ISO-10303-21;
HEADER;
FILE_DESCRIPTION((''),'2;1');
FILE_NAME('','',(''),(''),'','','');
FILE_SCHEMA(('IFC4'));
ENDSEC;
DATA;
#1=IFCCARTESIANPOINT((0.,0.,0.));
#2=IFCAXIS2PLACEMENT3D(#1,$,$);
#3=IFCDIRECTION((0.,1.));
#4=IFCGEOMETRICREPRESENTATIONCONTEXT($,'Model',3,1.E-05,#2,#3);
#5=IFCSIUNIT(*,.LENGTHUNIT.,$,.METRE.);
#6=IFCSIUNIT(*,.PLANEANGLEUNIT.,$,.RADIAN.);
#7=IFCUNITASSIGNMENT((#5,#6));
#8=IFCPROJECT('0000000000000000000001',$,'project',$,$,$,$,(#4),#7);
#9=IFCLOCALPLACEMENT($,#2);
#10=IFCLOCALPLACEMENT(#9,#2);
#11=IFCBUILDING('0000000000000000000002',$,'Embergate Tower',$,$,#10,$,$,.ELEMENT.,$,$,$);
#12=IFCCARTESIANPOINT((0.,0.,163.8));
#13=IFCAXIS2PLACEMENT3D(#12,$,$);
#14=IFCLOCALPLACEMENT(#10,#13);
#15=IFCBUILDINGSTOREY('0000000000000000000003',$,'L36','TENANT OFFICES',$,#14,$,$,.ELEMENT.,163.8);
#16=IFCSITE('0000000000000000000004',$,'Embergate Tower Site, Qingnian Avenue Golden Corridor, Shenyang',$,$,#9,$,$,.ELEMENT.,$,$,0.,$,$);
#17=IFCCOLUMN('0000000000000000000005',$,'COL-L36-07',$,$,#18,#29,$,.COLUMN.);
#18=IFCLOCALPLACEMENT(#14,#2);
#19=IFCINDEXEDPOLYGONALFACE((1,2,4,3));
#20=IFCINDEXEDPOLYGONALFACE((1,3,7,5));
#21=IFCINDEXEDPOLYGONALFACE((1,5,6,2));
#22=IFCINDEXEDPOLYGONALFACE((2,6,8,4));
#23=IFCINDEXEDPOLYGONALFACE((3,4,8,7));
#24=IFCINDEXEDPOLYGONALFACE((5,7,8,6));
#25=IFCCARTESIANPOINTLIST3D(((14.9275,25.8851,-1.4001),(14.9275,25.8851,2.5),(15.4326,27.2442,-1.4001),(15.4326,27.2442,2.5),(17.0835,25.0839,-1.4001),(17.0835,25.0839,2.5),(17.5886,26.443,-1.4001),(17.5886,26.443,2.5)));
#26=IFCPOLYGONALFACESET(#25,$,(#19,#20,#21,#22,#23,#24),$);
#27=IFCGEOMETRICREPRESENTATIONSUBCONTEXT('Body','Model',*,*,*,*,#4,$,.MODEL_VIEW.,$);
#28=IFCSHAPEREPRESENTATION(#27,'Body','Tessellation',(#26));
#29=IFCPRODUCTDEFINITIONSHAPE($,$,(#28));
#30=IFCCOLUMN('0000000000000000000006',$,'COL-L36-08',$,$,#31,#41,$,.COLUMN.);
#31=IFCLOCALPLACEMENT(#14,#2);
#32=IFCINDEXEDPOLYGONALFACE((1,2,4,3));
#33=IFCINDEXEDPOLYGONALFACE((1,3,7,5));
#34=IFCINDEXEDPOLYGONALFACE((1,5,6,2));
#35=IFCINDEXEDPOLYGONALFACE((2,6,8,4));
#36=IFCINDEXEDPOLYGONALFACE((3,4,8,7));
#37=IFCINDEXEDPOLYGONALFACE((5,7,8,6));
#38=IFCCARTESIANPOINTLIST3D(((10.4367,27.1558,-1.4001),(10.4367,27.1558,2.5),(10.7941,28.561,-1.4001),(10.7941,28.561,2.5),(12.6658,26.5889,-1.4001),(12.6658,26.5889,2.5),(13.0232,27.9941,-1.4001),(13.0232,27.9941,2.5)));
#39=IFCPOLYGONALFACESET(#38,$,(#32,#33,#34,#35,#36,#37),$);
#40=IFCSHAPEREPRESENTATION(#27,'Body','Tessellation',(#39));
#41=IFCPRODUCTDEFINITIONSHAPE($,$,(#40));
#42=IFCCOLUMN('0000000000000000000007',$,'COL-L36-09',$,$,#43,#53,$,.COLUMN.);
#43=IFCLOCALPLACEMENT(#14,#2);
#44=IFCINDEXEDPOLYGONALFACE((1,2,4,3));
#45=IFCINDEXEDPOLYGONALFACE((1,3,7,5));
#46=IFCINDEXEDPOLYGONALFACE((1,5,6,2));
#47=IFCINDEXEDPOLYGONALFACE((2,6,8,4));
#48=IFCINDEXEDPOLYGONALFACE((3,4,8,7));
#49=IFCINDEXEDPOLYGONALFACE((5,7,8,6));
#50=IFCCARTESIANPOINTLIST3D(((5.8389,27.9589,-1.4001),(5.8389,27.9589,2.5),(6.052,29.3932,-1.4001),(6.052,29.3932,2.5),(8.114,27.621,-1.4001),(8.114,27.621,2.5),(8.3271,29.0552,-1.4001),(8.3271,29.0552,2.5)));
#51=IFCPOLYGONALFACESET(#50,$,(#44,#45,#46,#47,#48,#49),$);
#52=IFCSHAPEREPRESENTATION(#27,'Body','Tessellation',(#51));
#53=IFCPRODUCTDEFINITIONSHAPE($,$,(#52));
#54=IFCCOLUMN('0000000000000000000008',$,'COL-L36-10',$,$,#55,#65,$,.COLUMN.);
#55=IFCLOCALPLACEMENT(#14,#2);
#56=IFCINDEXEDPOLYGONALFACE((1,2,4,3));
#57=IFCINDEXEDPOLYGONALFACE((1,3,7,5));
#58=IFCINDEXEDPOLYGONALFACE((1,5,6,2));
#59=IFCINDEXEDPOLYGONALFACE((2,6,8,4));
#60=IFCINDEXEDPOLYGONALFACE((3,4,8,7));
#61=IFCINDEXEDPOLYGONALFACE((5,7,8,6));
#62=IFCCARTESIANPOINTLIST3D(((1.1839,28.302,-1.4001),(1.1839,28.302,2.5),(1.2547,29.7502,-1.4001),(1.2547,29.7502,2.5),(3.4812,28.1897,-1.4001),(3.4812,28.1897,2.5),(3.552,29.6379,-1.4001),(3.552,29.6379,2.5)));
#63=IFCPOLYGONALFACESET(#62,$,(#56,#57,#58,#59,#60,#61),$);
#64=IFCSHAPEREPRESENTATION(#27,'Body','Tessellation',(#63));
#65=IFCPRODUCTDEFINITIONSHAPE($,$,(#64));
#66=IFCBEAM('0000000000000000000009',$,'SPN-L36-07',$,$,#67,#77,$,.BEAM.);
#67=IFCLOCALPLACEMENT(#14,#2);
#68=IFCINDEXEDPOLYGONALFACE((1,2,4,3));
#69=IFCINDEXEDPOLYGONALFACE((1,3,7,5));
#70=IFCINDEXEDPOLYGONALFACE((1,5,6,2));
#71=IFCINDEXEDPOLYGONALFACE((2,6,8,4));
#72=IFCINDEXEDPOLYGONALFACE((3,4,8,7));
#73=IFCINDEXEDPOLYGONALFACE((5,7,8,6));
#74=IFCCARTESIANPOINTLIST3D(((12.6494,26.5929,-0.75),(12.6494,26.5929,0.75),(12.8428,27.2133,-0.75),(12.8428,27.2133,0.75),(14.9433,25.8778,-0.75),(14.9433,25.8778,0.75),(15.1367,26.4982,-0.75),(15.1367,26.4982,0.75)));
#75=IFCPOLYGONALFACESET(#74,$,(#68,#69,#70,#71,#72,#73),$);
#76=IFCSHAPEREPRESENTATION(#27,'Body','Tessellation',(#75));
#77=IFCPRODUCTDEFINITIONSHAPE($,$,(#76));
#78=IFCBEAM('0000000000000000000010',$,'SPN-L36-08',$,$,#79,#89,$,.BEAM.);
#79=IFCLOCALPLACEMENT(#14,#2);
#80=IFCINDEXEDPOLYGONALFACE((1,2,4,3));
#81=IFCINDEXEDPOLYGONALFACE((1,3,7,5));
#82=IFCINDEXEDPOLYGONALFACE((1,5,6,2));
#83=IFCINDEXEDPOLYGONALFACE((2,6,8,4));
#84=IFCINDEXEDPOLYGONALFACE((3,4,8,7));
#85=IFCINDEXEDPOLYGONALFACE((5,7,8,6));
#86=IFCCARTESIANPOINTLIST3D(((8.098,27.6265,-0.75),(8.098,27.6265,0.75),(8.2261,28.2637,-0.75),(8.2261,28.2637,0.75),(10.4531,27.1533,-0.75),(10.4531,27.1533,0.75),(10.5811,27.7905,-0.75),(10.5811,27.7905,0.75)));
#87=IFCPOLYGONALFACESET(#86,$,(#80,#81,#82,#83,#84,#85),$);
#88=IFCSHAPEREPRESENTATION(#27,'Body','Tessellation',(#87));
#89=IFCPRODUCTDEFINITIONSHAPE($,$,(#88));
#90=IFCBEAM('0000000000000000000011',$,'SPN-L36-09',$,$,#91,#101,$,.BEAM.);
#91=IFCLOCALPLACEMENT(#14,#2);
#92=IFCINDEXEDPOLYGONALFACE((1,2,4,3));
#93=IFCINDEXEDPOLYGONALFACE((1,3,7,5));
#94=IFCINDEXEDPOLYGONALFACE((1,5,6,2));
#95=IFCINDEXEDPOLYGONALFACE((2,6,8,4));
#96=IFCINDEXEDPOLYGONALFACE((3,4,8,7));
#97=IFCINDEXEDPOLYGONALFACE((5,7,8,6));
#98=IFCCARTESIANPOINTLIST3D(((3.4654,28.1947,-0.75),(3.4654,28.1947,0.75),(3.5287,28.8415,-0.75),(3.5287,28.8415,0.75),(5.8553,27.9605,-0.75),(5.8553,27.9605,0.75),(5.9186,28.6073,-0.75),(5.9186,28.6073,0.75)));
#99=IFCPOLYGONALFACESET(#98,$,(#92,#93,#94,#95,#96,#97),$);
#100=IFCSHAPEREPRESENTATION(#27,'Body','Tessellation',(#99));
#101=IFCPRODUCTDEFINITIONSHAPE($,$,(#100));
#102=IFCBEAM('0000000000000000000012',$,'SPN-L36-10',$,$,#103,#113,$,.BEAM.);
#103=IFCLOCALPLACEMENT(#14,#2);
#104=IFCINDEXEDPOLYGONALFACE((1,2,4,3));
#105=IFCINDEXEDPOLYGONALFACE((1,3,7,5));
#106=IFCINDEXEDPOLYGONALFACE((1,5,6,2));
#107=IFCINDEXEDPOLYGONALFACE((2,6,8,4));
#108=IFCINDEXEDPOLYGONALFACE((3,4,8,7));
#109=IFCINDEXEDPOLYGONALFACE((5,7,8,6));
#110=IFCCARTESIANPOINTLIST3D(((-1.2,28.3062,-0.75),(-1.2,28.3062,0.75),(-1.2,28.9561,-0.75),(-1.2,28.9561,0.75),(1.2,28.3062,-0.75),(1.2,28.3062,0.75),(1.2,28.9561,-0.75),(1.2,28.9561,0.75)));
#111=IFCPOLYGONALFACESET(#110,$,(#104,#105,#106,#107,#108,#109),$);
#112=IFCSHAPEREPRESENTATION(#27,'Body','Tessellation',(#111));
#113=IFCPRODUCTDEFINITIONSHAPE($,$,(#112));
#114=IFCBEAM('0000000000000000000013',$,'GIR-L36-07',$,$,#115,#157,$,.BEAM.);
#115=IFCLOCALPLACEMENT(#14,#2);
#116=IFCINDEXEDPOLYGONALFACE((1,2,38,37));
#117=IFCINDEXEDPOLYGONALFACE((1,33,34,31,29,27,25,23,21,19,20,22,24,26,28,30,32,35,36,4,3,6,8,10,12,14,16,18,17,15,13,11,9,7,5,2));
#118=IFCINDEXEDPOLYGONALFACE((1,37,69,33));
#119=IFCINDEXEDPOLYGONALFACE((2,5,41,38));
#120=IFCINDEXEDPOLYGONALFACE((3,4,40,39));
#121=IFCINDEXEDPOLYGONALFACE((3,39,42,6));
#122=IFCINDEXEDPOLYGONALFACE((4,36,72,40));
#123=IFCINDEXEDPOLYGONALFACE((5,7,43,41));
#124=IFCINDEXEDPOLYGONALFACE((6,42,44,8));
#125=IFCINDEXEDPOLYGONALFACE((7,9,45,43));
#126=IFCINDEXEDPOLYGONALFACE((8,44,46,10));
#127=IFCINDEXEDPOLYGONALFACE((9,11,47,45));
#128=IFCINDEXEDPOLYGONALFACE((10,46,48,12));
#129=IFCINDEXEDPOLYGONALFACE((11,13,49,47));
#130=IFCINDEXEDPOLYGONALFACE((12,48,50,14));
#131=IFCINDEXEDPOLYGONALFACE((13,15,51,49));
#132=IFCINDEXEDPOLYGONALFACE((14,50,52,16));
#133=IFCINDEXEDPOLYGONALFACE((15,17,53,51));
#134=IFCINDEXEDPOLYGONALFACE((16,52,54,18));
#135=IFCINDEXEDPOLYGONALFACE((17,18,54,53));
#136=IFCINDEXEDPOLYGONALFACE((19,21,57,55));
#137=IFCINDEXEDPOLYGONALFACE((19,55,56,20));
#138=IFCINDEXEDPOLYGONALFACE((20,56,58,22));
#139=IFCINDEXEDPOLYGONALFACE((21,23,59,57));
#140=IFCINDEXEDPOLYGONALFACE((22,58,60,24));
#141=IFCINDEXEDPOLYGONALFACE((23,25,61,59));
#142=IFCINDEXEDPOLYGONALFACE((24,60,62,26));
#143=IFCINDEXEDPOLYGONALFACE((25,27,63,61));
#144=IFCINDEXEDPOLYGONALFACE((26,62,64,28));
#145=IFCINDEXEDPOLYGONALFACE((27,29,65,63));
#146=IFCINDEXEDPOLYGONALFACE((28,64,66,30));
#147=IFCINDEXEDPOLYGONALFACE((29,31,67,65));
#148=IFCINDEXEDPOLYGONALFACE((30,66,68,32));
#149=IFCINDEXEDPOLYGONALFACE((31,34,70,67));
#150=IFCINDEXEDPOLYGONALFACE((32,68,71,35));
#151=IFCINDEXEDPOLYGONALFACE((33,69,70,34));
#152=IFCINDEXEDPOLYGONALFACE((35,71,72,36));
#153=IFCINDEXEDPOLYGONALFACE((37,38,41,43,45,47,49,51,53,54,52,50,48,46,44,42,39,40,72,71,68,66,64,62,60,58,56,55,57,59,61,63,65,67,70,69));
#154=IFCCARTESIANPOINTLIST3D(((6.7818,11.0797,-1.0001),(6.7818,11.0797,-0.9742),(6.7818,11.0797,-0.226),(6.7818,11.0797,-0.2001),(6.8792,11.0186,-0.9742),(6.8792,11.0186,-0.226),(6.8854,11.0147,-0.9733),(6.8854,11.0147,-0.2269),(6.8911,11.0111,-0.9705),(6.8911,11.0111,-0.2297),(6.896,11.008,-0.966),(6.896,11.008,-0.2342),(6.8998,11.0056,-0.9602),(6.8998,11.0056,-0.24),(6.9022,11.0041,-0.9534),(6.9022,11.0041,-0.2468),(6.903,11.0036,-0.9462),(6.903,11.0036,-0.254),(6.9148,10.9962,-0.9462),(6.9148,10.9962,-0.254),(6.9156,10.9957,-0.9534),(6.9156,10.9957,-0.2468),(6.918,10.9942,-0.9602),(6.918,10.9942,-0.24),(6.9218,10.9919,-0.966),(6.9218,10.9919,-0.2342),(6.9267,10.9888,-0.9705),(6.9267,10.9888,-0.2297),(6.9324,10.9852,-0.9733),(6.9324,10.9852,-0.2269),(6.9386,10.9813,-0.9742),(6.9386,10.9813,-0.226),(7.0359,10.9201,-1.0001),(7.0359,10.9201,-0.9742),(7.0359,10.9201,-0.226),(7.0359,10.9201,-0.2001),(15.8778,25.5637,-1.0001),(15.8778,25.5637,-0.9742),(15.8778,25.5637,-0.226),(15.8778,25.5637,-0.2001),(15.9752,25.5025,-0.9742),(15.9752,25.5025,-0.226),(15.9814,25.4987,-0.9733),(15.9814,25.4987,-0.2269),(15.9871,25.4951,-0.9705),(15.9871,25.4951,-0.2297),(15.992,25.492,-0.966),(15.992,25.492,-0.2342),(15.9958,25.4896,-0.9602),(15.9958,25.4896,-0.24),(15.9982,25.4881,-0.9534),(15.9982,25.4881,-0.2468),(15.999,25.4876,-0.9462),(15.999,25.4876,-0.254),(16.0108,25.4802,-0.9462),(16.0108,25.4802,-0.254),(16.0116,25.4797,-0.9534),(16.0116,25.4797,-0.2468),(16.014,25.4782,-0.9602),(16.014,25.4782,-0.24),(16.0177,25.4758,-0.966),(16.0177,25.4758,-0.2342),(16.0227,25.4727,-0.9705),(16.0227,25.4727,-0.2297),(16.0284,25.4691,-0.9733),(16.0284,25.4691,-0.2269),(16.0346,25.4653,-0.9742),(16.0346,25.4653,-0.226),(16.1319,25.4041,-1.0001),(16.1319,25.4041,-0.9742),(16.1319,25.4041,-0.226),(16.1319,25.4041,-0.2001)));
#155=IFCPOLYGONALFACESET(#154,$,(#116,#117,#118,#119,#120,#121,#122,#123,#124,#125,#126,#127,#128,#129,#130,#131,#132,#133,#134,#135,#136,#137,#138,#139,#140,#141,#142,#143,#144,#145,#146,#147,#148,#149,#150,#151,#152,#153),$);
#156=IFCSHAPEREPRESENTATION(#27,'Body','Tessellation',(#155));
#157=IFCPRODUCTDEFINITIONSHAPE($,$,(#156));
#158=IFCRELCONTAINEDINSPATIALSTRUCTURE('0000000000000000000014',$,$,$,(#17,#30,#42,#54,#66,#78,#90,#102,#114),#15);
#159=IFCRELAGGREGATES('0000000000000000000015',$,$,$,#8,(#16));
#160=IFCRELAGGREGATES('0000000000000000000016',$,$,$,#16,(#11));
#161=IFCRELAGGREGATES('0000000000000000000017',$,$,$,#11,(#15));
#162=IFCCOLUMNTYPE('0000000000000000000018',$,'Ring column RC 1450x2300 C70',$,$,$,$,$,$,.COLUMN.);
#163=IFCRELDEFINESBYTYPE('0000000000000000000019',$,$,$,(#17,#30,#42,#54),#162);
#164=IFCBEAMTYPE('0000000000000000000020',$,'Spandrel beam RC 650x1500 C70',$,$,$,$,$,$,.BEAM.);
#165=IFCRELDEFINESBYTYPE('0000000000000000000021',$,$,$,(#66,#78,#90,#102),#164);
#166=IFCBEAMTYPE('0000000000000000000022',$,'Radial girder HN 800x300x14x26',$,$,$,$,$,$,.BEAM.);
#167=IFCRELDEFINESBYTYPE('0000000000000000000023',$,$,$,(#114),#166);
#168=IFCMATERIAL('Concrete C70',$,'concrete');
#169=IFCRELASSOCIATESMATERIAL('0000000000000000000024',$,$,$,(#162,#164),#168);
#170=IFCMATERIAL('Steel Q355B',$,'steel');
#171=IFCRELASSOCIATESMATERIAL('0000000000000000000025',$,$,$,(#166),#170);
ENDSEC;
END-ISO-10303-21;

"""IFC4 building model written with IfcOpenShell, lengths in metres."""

from ifc_helpers import new_model, si_unit, direction, frame, origin, origin_2d, place, context, subcontext, project, spatial, rectangle, i_section, extrude, source, transform, mapped, material, material_profile, profile_set, type_object, element, save


model = new_model("IFC4")

# Units and contexts
model_context = context("Model", 3, precision=1e-05, world=origin(), true_north=direction((0.0, 1.0)))
body_context = subcontext(model_context, "Body", "Model", "MODEL_VIEW")
ifc_project = project(units=[si_unit("LENGTHUNIT", "METRE"), si_unit("PLANEANGLEUNIT", "RADIAN")], contexts=[model_context])

# Site, building, storey
site_placement = place(None, origin())
site = spatial("IfcSite", under=ifc_project, at=site_placement, Name="Embergate Tower Site, Qingnian Avenue Golden Corridor, Shenyang", CompositionType="ELEMENT", RefElevation=0.0)
building_placement = place(site_placement, origin())
building = spatial("IfcBuilding", under=site, at=building_placement, Name="Embergate Tower", CompositionType="ELEMENT")
storey_placement = place(building_placement, frame((0.0, 0.0, 163.8)))
storey = spatial("IfcBuildingStorey", under=building, at=storey_placement, Name="L36", Description="TENANT OFFICES", CompositionType="ELEMENT", Elevation=163.8)

# Columns
ifc_material_1 = material(Name="Concrete C70", Category="concrete")
ifc_material_profile_1 = material_profile(ifc_material_1, rectangle(XDim=1.45, YDim=2.3, at=origin_2d()), Name="RC 1450x2300")
ifc_profile_set_1 = profile_set([ifc_material_profile_1], Name="Concrete C70")
column_type = type_object("IfcColumnType", Name="Ring column RC 1450x2300 C70", PredefinedType="COLUMN", material=ifc_profile_set_1)
shared_shape_1 = source(origin(), body_context, "Body", "SweptSolid", [
    extrude(rectangle(XDim=1.45, YDim=2.3, at=origin_2d()), origin(), (0.0, 0.0, 1.0), 3.9001),
])
for number, where, z_axis, x_axis, name in (
    (1, (16.2581, 26.1641, -1.4001), (0.0, 0.0, 1.0), (0.348343, 0.937367, 0.0), "COL-L36-07"),
    (2, (11.73, 27.575, -1.4001), (0.0, 0.0, 1.0), (0.246492, 0.969145, 0.0), "COL-L36-08"),
    (3, (7.083, 28.5071, -1.4001), (0.0, 0.0, 1.0), (0.146929, 0.989147, 0.0), "COL-L36-09"),
    (4, (2.3679, 28.97, -1.4001), (0.0, 0.0, 1.0), (0.048815, 0.998808, 0.0), "COL-L36-10"),
):
    element("IfcColumn", number, at=place(storey_placement, frame(where, z_axis=z_axis, x_axis=x_axis)), inside=storey, type_object=column_type, Name=name, PredefinedType="COLUMN", context=body_context, shape_type="MappedRepresentation", body=[
        mapped(shared_shape_1, transform((0.0, 0.0, 0.0))),
    ])

# Beams
ifc_material_profile_2 = material_profile(ifc_material_1, rectangle(XDim=0.6499, YDim=1.5, at=origin_2d()), Name="RC 650x1500")
ifc_profile_set_2 = profile_set([ifc_material_profile_2], Name="Concrete C70")
beam_type_1 = type_object("IfcBeamType", Name="Spandrel beam RC 650x1500 C70", PredefinedType="BEAM", material=ifc_profile_set_2)
shared_shape_2 = source(origin(), body_context, "Body", "SweptSolid", [
    extrude(rectangle(XDim=0.6499, YDim=1.5, at=origin_2d()), origin(), (0.0, 0.0, 1.0), 2.4028),
])
beam_1_placement = place(storey_placement, frame((15.04, 26.188, 0.0), z_axis=(-0.954689, 0.297604, 0.0), x_axis=(-0.297604, -0.954689, 0.0)))
element("IfcBeam", 5, at=beam_1_placement, inside=storey, type_object=beam_type_1, Name="SPN-L36-07", PredefinedType="BEAM", context=body_context, shape_type="MappedRepresentation", body=[
    mapped(shared_shape_2, transform((0.0, 0.0, 0.0))),
])
shared_shape_3 = source(origin(), body_context, "Body", "SweptSolid", [
    extrude(rectangle(XDim=0.6499, YDim=1.5, at=origin_2d()), origin(), (0.0, 0.0, 1.0), 2.4021),
])
beam_2_placement = place(storey_placement, frame((10.5171, 27.4719, 0.0), z_axis=(-0.980408, 0.196976, 0.0), x_axis=(-0.196976, -0.980408, 0.0)))
element("IfcBeam", 6, at=beam_2_placement, inside=storey, type_object=beam_type_1, Name="SPN-L36-08", PredefinedType="BEAM", context=body_context, shape_type="MappedRepresentation", body=[
    mapped(shared_shape_3, transform((0.0, 0.0, 0.0))),
])
shared_shape_4 = source(origin(), body_context, "Body", "SweptSolid", [
    extrude(rectangle(XDim=0.6499, YDim=1.5, at=origin_2d()), origin(), (0.0, 0.0, 1.0), 2.4014),
])
beam_3_placement = place(storey_placement, frame((5.887, 28.2839, 0.0), z_axis=(-0.995235, 0.0975, 0.0), x_axis=(-0.0975, -0.995235, 0.0)))
element("IfcBeam", 7, at=beam_3_placement, inside=storey, type_object=beam_type_1, Name="SPN-L36-09", PredefinedType="BEAM", context=body_context, shape_type="MappedRepresentation", body=[
    mapped(shared_shape_4, transform((0.0, 0.0, 0.0))),
])
shared_shape_5 = source(origin(), body_context, "Body", "SweptSolid", [
    extrude(rectangle(XDim=0.6499, YDim=1.5, at=origin_2d()), origin(), (0.0, 0.0, 1.0), 2.3999),
])
beam_4_placement = place(storey_placement, frame((1.2, 28.6311, 0.0), z_axis=(-1.0, 0.0, 0.0), x_axis=(0.0, -1.0, 0.0)))
element("IfcBeam", 8, at=beam_4_placement, inside=storey, type_object=beam_type_1, Name="SPN-L36-10", PredefinedType="BEAM", context=body_context, shape_type="MappedRepresentation", body=[
    mapped(shared_shape_5, transform((0.0, 0.0, 0.0))),
])
ifc_material_2 = material(Name="Steel Q355B", Category="steel")
ifc_material_profile_3 = material_profile(ifc_material_2, i_section(OverallWidth=0.3, OverallDepth=0.8, WebThickness=0.0139, FlangeThickness=0.0259, FilletRadius=0.0281, at=origin_2d()), Name="HN 800x300x14x26")
ifc_profile_set_3 = profile_set([ifc_material_profile_3], Name="Steel Q355 grade B")
beam_type_2 = type_object("IfcBeamType", Name="Radial girder HN 800x300x14x26", PredefinedType="BEAM", material=ifc_profile_set_3)
shared_shape_6 = source(origin(), body_context, "Body", "SweptSolid", [
    extrude(i_section(OverallWidth=0.3, OverallDepth=0.8, WebThickness=0.0139, FlangeThickness=0.0259, FilletRadius=0.0281, at=origin_2d()), origin(), (0.0, 0.0, 1.0), 17.1033),
])
beam_5_placement = place(storey_placement, frame((16.0049, 25.4839, -0.6001), z_axis=(-0.531827, -0.846853, 0.0), x_axis=(0.846853, -0.531827, 0.0)))
element("IfcBeam", 9, at=beam_5_placement, inside=storey, type_object=beam_type_2, Name="GIR-L36-07", PredefinedType="BEAM", context=body_context, shape_type="MappedRepresentation", body=[
    mapped(shared_shape_6, transform((0.0, 0.0, 0.0))),
])

save(model, "model.ifc")
